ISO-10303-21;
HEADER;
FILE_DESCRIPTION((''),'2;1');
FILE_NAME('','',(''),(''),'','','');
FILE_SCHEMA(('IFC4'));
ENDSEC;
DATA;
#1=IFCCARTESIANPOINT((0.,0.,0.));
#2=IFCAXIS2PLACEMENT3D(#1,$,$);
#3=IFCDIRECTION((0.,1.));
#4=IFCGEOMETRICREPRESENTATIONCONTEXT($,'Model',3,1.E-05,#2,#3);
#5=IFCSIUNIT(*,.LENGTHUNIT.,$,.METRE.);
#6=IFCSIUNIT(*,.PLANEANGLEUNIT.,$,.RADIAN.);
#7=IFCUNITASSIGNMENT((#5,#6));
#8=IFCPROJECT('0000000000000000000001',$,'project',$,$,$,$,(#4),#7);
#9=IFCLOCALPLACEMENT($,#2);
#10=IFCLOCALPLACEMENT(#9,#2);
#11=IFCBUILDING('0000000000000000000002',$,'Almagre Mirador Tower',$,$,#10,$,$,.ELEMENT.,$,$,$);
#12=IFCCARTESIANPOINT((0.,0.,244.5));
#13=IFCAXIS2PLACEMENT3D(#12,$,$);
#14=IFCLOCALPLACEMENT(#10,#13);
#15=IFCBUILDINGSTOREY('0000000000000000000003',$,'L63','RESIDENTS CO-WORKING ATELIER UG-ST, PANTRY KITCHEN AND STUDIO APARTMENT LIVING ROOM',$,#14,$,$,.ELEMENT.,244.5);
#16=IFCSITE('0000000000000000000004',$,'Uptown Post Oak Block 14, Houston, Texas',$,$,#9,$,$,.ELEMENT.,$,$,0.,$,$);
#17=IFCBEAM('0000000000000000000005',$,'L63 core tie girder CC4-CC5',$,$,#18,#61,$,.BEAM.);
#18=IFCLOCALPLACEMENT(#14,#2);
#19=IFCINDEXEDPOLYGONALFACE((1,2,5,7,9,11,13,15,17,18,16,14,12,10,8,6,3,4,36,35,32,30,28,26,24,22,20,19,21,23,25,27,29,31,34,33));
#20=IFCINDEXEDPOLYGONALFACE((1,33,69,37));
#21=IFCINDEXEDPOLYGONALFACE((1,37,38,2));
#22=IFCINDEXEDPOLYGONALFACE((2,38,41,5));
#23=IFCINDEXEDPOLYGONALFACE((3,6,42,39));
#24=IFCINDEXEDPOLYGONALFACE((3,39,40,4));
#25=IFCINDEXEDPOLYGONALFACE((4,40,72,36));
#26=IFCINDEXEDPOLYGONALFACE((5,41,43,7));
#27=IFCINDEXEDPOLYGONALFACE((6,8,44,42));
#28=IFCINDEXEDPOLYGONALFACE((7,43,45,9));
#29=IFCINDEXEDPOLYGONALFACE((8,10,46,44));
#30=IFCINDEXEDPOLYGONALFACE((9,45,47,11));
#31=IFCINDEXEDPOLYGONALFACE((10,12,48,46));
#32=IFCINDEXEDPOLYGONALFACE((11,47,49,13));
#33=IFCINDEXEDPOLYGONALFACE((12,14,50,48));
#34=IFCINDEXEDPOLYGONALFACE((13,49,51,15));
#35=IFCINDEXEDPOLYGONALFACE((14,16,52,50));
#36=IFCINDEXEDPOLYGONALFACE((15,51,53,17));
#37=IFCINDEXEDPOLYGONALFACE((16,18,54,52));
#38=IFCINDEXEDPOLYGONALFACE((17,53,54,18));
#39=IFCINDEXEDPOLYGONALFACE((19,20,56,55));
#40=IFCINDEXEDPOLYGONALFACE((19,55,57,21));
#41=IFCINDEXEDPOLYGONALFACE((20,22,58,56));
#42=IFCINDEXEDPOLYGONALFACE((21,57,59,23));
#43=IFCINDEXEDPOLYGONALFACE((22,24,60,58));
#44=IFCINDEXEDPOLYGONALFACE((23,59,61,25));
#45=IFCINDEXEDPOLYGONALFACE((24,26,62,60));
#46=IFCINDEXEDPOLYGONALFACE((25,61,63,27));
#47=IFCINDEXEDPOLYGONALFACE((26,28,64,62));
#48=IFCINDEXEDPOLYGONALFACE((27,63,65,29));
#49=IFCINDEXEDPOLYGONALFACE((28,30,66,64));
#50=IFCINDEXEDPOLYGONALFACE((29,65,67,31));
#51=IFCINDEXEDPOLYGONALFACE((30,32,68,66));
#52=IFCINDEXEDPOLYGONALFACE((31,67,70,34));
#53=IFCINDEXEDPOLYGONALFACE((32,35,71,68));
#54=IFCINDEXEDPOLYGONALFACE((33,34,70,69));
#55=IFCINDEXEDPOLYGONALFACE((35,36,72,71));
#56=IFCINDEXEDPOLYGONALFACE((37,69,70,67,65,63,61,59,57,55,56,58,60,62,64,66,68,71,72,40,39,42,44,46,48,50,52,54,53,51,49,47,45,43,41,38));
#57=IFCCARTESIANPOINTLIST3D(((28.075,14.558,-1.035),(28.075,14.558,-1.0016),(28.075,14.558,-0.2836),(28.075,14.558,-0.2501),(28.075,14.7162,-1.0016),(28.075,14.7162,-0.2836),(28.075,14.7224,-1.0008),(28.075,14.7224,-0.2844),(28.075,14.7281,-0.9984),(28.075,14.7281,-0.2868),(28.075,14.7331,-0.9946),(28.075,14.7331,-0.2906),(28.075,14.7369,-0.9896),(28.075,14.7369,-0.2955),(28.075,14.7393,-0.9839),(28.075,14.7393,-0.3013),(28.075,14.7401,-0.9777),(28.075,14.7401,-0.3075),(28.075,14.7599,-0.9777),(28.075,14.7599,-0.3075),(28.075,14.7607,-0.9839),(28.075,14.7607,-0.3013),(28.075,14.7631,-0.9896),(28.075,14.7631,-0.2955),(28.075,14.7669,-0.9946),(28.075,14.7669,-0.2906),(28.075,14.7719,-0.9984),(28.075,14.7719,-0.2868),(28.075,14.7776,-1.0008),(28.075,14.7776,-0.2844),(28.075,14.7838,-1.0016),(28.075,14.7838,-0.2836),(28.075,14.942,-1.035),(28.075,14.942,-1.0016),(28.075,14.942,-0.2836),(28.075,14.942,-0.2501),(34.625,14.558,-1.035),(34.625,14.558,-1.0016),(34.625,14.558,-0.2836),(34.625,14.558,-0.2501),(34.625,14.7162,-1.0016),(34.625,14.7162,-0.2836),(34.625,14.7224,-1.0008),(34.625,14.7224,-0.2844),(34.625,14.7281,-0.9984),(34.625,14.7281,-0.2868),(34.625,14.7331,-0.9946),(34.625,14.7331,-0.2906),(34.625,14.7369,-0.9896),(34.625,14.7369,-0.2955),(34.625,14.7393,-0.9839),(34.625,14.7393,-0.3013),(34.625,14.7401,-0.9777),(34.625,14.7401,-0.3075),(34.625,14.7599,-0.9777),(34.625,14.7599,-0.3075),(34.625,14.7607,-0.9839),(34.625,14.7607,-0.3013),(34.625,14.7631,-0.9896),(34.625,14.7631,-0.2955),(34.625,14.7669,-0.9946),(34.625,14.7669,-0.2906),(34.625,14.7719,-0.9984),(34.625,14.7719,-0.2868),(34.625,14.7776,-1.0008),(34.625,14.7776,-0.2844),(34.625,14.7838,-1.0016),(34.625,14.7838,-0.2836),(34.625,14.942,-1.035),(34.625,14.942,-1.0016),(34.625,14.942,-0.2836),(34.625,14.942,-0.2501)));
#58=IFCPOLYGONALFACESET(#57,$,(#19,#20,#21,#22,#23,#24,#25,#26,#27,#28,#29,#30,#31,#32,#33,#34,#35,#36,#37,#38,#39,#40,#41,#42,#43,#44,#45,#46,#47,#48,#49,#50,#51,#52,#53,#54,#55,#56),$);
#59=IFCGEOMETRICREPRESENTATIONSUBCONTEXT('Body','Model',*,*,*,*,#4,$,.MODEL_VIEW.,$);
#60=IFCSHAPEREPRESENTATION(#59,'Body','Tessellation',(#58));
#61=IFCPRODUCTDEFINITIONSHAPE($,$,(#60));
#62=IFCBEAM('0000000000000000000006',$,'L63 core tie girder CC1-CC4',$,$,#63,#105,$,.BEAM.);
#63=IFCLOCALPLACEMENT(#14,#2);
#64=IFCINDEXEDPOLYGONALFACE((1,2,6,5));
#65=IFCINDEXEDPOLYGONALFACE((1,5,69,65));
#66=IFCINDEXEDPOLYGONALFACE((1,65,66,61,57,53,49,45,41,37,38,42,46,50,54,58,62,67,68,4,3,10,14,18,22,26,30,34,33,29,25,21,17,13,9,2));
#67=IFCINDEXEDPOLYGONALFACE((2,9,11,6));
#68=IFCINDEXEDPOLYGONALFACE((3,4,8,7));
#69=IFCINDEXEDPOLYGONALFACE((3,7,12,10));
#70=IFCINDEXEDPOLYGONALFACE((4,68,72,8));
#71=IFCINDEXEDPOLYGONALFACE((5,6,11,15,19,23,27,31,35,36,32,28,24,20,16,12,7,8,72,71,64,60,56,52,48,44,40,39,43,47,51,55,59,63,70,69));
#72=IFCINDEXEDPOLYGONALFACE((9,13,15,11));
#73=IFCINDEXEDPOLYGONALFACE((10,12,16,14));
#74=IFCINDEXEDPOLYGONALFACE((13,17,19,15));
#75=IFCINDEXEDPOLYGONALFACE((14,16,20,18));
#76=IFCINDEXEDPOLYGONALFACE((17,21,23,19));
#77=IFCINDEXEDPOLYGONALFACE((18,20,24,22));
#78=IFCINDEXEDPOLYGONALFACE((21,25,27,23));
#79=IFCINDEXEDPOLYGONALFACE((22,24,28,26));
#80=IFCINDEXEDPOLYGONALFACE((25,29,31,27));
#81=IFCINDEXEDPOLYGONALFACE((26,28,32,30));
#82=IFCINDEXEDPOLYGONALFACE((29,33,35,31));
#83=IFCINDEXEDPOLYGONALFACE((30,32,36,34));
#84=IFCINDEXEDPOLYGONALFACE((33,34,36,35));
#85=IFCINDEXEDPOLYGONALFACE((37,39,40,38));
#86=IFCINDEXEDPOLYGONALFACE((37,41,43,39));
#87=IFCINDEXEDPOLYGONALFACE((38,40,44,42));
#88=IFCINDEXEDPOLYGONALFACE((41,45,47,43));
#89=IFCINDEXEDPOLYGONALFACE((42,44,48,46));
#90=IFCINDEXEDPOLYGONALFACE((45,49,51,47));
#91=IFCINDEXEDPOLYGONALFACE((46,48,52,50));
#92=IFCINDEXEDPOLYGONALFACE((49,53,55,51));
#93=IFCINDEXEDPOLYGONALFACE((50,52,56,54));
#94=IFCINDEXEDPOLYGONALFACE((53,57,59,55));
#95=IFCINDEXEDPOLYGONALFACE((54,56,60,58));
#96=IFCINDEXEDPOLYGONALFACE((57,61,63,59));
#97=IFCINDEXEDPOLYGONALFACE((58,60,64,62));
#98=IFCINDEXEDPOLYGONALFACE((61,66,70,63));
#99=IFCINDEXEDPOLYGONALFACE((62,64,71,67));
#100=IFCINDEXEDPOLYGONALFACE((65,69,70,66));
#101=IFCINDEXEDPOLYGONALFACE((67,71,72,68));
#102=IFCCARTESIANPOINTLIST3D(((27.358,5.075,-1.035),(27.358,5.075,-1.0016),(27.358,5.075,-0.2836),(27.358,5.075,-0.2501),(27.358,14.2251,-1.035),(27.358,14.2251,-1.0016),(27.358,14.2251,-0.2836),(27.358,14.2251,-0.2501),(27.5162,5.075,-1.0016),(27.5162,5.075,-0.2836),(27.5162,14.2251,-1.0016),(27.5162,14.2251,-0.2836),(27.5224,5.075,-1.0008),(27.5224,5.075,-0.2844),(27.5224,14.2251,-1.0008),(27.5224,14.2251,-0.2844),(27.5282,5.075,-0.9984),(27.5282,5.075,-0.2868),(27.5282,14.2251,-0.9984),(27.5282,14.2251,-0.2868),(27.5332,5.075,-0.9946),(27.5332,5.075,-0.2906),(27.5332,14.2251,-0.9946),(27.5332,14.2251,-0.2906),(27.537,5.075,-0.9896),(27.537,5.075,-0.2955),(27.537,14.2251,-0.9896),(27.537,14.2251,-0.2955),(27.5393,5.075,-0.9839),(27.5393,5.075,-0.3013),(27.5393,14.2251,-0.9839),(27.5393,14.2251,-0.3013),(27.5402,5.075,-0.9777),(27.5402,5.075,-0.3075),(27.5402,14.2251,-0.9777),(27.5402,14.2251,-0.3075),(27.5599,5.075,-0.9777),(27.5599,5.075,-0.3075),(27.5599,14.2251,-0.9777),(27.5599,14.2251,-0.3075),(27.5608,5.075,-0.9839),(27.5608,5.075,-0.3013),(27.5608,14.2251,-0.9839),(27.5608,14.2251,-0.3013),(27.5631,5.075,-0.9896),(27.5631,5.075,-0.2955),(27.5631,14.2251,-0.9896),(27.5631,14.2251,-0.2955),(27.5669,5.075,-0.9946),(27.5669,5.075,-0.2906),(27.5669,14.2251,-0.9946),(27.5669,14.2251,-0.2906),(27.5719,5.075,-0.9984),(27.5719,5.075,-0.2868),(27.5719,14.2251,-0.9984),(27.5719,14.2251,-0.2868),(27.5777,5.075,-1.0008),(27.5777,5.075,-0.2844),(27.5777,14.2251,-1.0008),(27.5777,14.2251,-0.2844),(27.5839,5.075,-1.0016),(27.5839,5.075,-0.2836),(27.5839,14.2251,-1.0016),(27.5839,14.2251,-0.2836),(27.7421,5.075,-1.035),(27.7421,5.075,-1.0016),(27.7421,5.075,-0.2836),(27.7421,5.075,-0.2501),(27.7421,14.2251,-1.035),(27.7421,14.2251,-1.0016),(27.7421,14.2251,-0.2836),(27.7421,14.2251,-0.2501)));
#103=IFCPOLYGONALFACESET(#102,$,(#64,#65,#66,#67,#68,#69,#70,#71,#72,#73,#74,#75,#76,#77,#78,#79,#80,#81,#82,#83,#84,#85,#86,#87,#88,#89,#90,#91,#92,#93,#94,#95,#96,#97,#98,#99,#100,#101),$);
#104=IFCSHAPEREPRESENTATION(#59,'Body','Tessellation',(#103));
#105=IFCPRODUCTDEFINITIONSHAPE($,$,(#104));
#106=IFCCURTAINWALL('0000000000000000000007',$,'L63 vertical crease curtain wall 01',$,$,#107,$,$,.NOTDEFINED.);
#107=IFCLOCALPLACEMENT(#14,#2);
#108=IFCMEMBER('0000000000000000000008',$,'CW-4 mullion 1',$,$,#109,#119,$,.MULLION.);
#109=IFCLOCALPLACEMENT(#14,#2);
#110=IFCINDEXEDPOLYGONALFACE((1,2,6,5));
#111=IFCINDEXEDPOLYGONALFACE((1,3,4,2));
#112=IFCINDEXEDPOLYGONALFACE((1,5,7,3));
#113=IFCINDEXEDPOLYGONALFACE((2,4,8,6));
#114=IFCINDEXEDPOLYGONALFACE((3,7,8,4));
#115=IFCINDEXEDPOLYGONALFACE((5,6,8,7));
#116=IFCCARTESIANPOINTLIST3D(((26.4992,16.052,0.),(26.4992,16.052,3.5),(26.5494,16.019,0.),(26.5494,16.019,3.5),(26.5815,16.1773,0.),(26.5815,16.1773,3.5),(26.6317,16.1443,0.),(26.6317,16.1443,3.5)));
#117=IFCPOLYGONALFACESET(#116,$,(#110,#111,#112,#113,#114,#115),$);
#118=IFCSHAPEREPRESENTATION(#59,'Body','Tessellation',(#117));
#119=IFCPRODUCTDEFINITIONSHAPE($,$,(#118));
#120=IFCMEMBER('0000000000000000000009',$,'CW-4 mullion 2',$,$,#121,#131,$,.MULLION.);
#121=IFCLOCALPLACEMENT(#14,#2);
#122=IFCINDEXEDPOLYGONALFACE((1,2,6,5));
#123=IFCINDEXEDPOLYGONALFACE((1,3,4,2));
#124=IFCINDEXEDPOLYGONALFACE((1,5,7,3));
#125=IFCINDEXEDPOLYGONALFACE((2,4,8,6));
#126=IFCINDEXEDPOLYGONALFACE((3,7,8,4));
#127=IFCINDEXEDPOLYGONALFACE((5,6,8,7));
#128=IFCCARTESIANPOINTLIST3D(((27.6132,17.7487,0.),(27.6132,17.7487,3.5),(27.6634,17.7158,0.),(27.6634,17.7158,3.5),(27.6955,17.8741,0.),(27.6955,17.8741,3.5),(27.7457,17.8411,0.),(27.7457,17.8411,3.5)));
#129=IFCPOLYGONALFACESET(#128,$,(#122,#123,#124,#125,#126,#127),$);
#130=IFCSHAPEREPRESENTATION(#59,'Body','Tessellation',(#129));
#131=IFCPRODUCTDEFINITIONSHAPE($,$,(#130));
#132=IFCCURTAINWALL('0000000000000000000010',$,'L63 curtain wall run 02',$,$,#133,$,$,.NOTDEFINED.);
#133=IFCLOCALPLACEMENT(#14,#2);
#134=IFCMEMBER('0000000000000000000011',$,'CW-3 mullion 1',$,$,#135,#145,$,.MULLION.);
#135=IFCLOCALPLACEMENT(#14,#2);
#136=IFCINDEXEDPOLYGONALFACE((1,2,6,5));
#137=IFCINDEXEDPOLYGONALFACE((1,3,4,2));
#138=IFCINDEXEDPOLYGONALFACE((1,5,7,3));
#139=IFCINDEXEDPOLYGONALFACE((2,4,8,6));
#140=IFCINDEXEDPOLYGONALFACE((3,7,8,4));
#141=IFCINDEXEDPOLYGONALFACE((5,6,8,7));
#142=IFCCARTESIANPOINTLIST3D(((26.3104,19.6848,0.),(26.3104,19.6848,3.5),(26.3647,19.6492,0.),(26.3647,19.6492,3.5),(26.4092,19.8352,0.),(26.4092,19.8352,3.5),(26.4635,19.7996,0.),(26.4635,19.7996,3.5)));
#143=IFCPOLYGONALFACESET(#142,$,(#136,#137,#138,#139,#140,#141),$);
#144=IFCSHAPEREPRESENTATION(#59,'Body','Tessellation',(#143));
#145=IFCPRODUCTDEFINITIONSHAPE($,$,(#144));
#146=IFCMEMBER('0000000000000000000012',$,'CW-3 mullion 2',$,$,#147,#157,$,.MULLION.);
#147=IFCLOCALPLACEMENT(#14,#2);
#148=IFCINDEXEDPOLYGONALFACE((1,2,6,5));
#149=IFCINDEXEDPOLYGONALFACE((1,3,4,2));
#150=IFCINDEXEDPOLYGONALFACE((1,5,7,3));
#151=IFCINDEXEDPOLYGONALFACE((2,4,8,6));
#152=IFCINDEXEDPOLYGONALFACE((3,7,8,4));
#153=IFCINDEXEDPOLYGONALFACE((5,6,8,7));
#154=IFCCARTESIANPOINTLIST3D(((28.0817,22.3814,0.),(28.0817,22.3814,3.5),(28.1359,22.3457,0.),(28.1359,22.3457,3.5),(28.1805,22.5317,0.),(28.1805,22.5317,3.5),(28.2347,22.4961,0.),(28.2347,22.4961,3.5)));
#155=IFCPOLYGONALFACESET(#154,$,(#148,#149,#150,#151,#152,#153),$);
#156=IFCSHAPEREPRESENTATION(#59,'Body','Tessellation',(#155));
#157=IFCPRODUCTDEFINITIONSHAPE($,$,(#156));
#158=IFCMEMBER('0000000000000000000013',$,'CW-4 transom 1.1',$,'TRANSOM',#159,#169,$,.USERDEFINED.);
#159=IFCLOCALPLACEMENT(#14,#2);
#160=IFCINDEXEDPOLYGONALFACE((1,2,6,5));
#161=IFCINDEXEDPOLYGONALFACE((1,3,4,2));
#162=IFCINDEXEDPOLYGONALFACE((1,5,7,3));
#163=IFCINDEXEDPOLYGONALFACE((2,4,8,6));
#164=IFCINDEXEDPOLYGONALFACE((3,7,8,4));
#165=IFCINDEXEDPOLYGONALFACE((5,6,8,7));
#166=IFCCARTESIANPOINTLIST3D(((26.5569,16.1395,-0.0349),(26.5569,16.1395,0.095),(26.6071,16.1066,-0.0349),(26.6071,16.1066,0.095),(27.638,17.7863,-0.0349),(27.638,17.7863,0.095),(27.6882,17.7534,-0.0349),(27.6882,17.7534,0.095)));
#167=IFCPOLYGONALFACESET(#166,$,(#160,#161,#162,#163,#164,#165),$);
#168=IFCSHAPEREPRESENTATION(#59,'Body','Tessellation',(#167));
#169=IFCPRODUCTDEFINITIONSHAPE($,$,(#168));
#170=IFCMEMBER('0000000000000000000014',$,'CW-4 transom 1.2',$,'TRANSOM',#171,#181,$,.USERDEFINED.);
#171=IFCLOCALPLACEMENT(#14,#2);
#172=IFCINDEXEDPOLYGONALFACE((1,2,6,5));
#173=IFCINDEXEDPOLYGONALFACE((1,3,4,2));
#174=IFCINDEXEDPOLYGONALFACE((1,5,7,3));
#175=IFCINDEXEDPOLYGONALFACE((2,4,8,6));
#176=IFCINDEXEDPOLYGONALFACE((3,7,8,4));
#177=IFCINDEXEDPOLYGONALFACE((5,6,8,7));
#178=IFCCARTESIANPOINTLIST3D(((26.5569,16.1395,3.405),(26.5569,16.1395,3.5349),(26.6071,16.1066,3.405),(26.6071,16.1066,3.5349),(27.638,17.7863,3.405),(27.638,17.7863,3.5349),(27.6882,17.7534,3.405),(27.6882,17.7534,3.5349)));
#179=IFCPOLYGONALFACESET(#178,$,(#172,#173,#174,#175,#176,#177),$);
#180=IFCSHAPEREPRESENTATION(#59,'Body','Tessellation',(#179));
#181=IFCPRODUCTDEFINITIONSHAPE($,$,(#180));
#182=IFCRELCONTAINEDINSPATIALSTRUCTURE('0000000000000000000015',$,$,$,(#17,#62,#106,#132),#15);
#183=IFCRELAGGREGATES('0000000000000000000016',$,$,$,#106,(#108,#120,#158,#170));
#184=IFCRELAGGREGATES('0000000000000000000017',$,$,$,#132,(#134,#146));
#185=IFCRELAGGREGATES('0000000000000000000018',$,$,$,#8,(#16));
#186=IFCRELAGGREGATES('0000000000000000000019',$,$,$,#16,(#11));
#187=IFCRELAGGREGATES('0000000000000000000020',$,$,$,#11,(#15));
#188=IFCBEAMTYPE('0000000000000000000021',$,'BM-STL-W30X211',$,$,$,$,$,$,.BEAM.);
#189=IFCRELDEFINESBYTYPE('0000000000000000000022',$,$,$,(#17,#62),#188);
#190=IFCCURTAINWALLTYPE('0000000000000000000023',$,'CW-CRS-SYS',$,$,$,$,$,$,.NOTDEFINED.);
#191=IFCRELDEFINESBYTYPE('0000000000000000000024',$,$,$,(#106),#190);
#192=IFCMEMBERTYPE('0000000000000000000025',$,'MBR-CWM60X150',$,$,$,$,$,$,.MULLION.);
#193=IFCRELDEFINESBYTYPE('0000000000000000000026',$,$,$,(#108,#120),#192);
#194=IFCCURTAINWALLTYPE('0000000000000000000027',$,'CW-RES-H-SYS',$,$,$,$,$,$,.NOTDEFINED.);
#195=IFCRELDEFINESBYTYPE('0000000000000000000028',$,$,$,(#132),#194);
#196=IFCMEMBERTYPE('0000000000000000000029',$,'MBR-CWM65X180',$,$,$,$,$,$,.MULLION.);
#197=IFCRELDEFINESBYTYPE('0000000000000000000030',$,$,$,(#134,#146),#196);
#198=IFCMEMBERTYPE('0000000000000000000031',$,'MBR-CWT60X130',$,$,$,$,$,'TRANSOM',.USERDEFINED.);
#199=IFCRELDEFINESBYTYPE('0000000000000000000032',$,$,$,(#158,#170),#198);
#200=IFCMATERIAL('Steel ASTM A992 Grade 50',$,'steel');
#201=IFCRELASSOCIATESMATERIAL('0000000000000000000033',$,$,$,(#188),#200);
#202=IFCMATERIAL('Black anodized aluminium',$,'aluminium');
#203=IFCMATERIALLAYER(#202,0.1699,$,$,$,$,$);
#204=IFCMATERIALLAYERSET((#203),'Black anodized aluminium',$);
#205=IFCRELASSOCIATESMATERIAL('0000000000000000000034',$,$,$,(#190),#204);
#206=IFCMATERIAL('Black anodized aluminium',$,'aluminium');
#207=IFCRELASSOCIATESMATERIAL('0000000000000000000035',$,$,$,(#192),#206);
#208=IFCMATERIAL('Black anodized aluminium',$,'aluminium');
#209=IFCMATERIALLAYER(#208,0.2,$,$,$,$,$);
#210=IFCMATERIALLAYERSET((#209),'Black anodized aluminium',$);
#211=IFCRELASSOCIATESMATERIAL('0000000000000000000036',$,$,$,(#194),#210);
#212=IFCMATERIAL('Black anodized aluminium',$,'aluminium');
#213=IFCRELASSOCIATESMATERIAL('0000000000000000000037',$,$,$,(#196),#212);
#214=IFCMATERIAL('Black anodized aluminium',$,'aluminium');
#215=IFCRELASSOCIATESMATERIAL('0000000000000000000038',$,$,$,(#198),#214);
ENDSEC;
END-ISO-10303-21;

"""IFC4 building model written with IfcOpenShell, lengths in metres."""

from ifc_helpers import new_model, si_unit, direction, frame, origin, origin_2d, place, context, subcontext, project, spatial, rectangle, i_section, extrude, material, layer, layer_set, material_profile, profile_set, type_object, element, aggregate, save


model = new_model("IFC4")

# Units and contexts
model_context = context("Model", 3, precision=1e-05, world=origin(), true_north=direction((0.0, 1.0)))
body_context = subcontext(model_context, "Body", "Model", "MODEL_VIEW")
ifc_project = project(units=[si_unit("LENGTHUNIT", "METRE"), si_unit("PLANEANGLEUNIT", "RADIAN")], contexts=[model_context])

# Site, building, storey
site_placement = place(None, origin())
site = spatial("IfcSite", under=ifc_project, at=site_placement, Name="Uptown Post Oak Block 14, Houston, Texas", CompositionType="ELEMENT", RefElevation=0.0)
building_placement = place(site_placement, origin())
building = spatial("IfcBuilding", under=site, at=building_placement, Name="Almagre Mirador Tower", CompositionType="ELEMENT")
storey_placement = place(building_placement, frame((0.0, 0.0, 244.5)))
storey = spatial("IfcBuildingStorey", under=building, at=storey_placement, Name="L63", Description="RESIDENTS CO-WORKING ATELIER UG-ST, PANTRY KITCHEN AND STUDIO APARTMENT LIVING ROOM", CompositionType="ELEMENT", Elevation=244.5)

# Beams
ifc_material_1 = material(Name="Steel ASTM A992 Grade 50", Category="steel")
ifc_material_profile_1 = material_profile(ifc_material_1, i_section(OverallWidth=0.384, OverallDepth=0.7849, WebThickness=0.0198, FlangeThickness=0.0334, FilletRadius=0.0239, at=origin_2d()), Name="W30X211")
ifc_profile_set_1 = profile_set([ifc_material_profile_1], Name="Steel ASTM A992 Grade 50")
beam_type_1 = type_object("IfcBeamType", Name="BM-STL-W30X211", PredefinedType="BEAM", material=ifc_profile_set_1)
for number, where, z_axis, x_axis, name in (
    (1, (28.075, 14.75, -0.6426), (1.0, 0.0, 0.0), (0.0, 1.0, 0.0), "L63 core tie girder CC4-CC5"),
):
    element("IfcBeam", number, at=place(storey_placement, frame(where, z_axis=z_axis, x_axis=x_axis)), inside=storey, type_object=beam_type_1, Name=name, PredefinedType="BEAM", context=body_context, shape_type="SweptSolid", body=[
        extrude(i_section(OverallWidth=0.384, OverallDepth=0.7849, WebThickness=0.0198, FlangeThickness=0.0334, FilletRadius=0.0239, at=origin_2d()), origin(), (0.0, 0.0, 1.0), 6.55),
    ])
beam_1_placement = place(storey_placement, frame((27.55, 5.075, -0.6426), z_axis=(0.0, 1.0, 0.0), x_axis=(-1.0, 0.0, 0.0)))
element("IfcBeam", 2, at=beam_1_placement, inside=storey, type_object=beam_type_1, Name="L63 core tie girder CC1-CC4", PredefinedType="BEAM", context=body_context, shape_type="SweptSolid", body=[
    extrude(i_section(OverallWidth=0.384, OverallDepth=0.7849, WebThickness=0.0198, FlangeThickness=0.0334, FilletRadius=0.0239, at=origin_2d()), origin(), (0.0, 0.0, 1.0), 9.1501),
])

# Curtain walls, members
ifc_material_2 = material(Name="Black anodized aluminium", Category="aluminium")
ifc_layer_1 = layer(ifc_material_2, 0.1699)
ifc_layer_set_1 = layer_set([ifc_layer_1], Name="Black anodized aluminium")
curtain_wall_type_1 = type_object("IfcCurtainWallType", Name="CW-CRS-SYS", PredefinedType="NOTDEFINED", material=ifc_layer_set_1)
curtain_wall_1_placement = place(storey_placement, origin())
curtain_wall_1 = element("IfcCurtainWall", 3, at=curtain_wall_1_placement, inside=storey, type_object=curtain_wall_type_1, Name="L63 vertical crease curtain wall 01", PredefinedType="NOTDEFINED")
ifc_material_3 = material(Name="Black anodized aluminium", Category="aluminium")
ifc_material_profile_2 = material_profile(ifc_material_3, rectangle(XDim=0.0601, YDim=0.1499, at=origin_2d()), Name="CWM60X150")
ifc_profile_set_2 = profile_set([ifc_material_profile_2], Name="Black anodized aluminium")
member_type_1 = type_object("IfcMemberType", Name="MBR-CWM60X150", PredefinedType="MULLION", material=ifc_profile_set_2)
member_1_placement = place(storey_placement, frame((26.5654, 16.0981, 0.0), z_axis=(0.0, 0.0, 1.0), x_axis=(-0.835931, 0.548834, 0.0)))
member_1 = element("IfcMember", 4, at=member_1_placement, type_object=member_type_1, Name="CW-4 mullion 1", PredefinedType="MULLION", context=body_context, shape_type="SweptSolid", body=[
    extrude(rectangle(XDim=0.0601, YDim=0.1499, at=origin_2d()), origin(), (0.0, 0.0, 1.0), 3.5),
])
member_2_placement = place(storey_placement, frame((27.6794, 17.7949, 0.0), z_axis=(0.0, 0.0, 1.0), x_axis=(-0.835931, 0.548834, 0.0)))
member_2 = element("IfcMember", 5, at=member_2_placement, type_object=member_type_1, Name="CW-4 mullion 2", PredefinedType="MULLION", context=body_context, shape_type="SweptSolid", body=[
    extrude(rectangle(XDim=0.0601, YDim=0.1499, at=origin_2d()), origin(), (0.0, 0.0, 1.0), 3.5),
])
ifc_material_4 = material(Name="Black anodized aluminium", Category="aluminium")
ifc_layer_2 = layer(ifc_material_4, 0.2)
ifc_layer_set_2 = layer_set([ifc_layer_2], Name="Black anodized aluminium")
curtain_wall_type_2 = type_object("IfcCurtainWallType", Name="CW-RES-H-SYS", PredefinedType="NOTDEFINED", material=ifc_layer_set_2)
curtain_wall_2_placement = place(storey_placement, origin())
curtain_wall_2 = element("IfcCurtainWall", 6, at=curtain_wall_2_placement, inside=storey, type_object=curtain_wall_type_2, Name="L63 curtain wall run 02", PredefinedType="NOTDEFINED")
ifc_material_5 = material(Name="Black anodized aluminium", Category="aluminium")
ifc_material_profile_3 = material_profile(ifc_material_5, rectangle(XDim=0.0649, YDim=0.1799, at=origin_2d()), Name="CWM65X180")
ifc_profile_set_3 = profile_set([ifc_material_profile_3], Name="Black anodized aluminium")
member_type_2 = type_object("IfcMemberType", Name="MBR-CWM65X180", PredefinedType="MULLION", material=ifc_profile_set_3)
member_3_placement = place(storey_placement, frame((26.387, 19.7422, 0.0), z_axis=(0.0, 0.0, 1.0), x_axis=(-0.835801, 0.549033, 0.0)))
member_3 = element("IfcMember", 7, at=member_3_placement, type_object=member_type_2, Name="CW-3 mullion 1", PredefinedType="MULLION", context=body_context, shape_type="SweptSolid", body=[
    extrude(rectangle(XDim=0.0649, YDim=0.1799, at=origin_2d()), origin(), (0.0, 0.0, 1.0), 3.5),
])
member_4_placement = place(storey_placement, frame((28.1582, 22.4387, 0.0), z_axis=(0.0, 0.0, 1.0), x_axis=(-0.835801, 0.549033, 0.0)))
member_4 = element("IfcMember", 8, at=member_4_placement, type_object=member_type_2, Name="CW-3 mullion 2", PredefinedType="MULLION", context=body_context, shape_type="SweptSolid", body=[
    extrude(rectangle(XDim=0.0649, YDim=0.1799, at=origin_2d()), origin(), (0.0, 0.0, 1.0), 3.5),
])

# Members
ifc_material_6 = material(Name="Black anodized aluminium", Category="aluminium")
ifc_material_profile_4 = material_profile(ifc_material_6, rectangle(XDim=0.0601, YDim=0.1299, at=origin_2d()), Name="CWT60X130")
ifc_profile_set_4 = profile_set([ifc_material_profile_4], Name="Black anodized aluminium")
member_type_3 = type_object("IfcMemberType", Name="MBR-CWT60X130", ElementType="TRANSOM", PredefinedType="USERDEFINED", material=ifc_profile_set_4)
member_5_placement = place(storey_placement, frame((26.582, 16.123, 0.03), z_axis=(0.548794, 0.835957, 0.0), x_axis=(-0.835957, 0.548794, 0.0)))
member_5 = element("IfcMember", 9, at=member_5_placement, type_object=member_type_3, Name="CW-4 transom 1.1", ObjectType="TRANSOM", PredefinedType="USERDEFINED", context=body_context, shape_type="SweptSolid", body=[
    extrude(rectangle(XDim=0.0601, YDim=0.1299, at=origin_2d()), origin(), (0.0, 0.0, 1.0), 1.97),
])
member_6_placement = place(storey_placement, frame((26.582, 16.123, 3.47), z_axis=(0.548794, 0.835957, 0.0), x_axis=(-0.835957, 0.548794, 0.0)))
member_6 = element("IfcMember", 10, at=member_6_placement, type_object=member_type_3, Name="CW-4 transom 1.2", ObjectType="TRANSOM", PredefinedType="USERDEFINED", context=body_context, shape_type="SweptSolid", body=[
    extrude(rectangle(XDim=0.0601, YDim=0.1299, at=origin_2d()), origin(), (0.0, 0.0, 1.0), 1.97),
])

aggregate(curtain_wall_1, [member_1, member_2, member_5, member_6])
aggregate(curtain_wall_2, [member_3, member_4])

save(model, "model.ifc")
